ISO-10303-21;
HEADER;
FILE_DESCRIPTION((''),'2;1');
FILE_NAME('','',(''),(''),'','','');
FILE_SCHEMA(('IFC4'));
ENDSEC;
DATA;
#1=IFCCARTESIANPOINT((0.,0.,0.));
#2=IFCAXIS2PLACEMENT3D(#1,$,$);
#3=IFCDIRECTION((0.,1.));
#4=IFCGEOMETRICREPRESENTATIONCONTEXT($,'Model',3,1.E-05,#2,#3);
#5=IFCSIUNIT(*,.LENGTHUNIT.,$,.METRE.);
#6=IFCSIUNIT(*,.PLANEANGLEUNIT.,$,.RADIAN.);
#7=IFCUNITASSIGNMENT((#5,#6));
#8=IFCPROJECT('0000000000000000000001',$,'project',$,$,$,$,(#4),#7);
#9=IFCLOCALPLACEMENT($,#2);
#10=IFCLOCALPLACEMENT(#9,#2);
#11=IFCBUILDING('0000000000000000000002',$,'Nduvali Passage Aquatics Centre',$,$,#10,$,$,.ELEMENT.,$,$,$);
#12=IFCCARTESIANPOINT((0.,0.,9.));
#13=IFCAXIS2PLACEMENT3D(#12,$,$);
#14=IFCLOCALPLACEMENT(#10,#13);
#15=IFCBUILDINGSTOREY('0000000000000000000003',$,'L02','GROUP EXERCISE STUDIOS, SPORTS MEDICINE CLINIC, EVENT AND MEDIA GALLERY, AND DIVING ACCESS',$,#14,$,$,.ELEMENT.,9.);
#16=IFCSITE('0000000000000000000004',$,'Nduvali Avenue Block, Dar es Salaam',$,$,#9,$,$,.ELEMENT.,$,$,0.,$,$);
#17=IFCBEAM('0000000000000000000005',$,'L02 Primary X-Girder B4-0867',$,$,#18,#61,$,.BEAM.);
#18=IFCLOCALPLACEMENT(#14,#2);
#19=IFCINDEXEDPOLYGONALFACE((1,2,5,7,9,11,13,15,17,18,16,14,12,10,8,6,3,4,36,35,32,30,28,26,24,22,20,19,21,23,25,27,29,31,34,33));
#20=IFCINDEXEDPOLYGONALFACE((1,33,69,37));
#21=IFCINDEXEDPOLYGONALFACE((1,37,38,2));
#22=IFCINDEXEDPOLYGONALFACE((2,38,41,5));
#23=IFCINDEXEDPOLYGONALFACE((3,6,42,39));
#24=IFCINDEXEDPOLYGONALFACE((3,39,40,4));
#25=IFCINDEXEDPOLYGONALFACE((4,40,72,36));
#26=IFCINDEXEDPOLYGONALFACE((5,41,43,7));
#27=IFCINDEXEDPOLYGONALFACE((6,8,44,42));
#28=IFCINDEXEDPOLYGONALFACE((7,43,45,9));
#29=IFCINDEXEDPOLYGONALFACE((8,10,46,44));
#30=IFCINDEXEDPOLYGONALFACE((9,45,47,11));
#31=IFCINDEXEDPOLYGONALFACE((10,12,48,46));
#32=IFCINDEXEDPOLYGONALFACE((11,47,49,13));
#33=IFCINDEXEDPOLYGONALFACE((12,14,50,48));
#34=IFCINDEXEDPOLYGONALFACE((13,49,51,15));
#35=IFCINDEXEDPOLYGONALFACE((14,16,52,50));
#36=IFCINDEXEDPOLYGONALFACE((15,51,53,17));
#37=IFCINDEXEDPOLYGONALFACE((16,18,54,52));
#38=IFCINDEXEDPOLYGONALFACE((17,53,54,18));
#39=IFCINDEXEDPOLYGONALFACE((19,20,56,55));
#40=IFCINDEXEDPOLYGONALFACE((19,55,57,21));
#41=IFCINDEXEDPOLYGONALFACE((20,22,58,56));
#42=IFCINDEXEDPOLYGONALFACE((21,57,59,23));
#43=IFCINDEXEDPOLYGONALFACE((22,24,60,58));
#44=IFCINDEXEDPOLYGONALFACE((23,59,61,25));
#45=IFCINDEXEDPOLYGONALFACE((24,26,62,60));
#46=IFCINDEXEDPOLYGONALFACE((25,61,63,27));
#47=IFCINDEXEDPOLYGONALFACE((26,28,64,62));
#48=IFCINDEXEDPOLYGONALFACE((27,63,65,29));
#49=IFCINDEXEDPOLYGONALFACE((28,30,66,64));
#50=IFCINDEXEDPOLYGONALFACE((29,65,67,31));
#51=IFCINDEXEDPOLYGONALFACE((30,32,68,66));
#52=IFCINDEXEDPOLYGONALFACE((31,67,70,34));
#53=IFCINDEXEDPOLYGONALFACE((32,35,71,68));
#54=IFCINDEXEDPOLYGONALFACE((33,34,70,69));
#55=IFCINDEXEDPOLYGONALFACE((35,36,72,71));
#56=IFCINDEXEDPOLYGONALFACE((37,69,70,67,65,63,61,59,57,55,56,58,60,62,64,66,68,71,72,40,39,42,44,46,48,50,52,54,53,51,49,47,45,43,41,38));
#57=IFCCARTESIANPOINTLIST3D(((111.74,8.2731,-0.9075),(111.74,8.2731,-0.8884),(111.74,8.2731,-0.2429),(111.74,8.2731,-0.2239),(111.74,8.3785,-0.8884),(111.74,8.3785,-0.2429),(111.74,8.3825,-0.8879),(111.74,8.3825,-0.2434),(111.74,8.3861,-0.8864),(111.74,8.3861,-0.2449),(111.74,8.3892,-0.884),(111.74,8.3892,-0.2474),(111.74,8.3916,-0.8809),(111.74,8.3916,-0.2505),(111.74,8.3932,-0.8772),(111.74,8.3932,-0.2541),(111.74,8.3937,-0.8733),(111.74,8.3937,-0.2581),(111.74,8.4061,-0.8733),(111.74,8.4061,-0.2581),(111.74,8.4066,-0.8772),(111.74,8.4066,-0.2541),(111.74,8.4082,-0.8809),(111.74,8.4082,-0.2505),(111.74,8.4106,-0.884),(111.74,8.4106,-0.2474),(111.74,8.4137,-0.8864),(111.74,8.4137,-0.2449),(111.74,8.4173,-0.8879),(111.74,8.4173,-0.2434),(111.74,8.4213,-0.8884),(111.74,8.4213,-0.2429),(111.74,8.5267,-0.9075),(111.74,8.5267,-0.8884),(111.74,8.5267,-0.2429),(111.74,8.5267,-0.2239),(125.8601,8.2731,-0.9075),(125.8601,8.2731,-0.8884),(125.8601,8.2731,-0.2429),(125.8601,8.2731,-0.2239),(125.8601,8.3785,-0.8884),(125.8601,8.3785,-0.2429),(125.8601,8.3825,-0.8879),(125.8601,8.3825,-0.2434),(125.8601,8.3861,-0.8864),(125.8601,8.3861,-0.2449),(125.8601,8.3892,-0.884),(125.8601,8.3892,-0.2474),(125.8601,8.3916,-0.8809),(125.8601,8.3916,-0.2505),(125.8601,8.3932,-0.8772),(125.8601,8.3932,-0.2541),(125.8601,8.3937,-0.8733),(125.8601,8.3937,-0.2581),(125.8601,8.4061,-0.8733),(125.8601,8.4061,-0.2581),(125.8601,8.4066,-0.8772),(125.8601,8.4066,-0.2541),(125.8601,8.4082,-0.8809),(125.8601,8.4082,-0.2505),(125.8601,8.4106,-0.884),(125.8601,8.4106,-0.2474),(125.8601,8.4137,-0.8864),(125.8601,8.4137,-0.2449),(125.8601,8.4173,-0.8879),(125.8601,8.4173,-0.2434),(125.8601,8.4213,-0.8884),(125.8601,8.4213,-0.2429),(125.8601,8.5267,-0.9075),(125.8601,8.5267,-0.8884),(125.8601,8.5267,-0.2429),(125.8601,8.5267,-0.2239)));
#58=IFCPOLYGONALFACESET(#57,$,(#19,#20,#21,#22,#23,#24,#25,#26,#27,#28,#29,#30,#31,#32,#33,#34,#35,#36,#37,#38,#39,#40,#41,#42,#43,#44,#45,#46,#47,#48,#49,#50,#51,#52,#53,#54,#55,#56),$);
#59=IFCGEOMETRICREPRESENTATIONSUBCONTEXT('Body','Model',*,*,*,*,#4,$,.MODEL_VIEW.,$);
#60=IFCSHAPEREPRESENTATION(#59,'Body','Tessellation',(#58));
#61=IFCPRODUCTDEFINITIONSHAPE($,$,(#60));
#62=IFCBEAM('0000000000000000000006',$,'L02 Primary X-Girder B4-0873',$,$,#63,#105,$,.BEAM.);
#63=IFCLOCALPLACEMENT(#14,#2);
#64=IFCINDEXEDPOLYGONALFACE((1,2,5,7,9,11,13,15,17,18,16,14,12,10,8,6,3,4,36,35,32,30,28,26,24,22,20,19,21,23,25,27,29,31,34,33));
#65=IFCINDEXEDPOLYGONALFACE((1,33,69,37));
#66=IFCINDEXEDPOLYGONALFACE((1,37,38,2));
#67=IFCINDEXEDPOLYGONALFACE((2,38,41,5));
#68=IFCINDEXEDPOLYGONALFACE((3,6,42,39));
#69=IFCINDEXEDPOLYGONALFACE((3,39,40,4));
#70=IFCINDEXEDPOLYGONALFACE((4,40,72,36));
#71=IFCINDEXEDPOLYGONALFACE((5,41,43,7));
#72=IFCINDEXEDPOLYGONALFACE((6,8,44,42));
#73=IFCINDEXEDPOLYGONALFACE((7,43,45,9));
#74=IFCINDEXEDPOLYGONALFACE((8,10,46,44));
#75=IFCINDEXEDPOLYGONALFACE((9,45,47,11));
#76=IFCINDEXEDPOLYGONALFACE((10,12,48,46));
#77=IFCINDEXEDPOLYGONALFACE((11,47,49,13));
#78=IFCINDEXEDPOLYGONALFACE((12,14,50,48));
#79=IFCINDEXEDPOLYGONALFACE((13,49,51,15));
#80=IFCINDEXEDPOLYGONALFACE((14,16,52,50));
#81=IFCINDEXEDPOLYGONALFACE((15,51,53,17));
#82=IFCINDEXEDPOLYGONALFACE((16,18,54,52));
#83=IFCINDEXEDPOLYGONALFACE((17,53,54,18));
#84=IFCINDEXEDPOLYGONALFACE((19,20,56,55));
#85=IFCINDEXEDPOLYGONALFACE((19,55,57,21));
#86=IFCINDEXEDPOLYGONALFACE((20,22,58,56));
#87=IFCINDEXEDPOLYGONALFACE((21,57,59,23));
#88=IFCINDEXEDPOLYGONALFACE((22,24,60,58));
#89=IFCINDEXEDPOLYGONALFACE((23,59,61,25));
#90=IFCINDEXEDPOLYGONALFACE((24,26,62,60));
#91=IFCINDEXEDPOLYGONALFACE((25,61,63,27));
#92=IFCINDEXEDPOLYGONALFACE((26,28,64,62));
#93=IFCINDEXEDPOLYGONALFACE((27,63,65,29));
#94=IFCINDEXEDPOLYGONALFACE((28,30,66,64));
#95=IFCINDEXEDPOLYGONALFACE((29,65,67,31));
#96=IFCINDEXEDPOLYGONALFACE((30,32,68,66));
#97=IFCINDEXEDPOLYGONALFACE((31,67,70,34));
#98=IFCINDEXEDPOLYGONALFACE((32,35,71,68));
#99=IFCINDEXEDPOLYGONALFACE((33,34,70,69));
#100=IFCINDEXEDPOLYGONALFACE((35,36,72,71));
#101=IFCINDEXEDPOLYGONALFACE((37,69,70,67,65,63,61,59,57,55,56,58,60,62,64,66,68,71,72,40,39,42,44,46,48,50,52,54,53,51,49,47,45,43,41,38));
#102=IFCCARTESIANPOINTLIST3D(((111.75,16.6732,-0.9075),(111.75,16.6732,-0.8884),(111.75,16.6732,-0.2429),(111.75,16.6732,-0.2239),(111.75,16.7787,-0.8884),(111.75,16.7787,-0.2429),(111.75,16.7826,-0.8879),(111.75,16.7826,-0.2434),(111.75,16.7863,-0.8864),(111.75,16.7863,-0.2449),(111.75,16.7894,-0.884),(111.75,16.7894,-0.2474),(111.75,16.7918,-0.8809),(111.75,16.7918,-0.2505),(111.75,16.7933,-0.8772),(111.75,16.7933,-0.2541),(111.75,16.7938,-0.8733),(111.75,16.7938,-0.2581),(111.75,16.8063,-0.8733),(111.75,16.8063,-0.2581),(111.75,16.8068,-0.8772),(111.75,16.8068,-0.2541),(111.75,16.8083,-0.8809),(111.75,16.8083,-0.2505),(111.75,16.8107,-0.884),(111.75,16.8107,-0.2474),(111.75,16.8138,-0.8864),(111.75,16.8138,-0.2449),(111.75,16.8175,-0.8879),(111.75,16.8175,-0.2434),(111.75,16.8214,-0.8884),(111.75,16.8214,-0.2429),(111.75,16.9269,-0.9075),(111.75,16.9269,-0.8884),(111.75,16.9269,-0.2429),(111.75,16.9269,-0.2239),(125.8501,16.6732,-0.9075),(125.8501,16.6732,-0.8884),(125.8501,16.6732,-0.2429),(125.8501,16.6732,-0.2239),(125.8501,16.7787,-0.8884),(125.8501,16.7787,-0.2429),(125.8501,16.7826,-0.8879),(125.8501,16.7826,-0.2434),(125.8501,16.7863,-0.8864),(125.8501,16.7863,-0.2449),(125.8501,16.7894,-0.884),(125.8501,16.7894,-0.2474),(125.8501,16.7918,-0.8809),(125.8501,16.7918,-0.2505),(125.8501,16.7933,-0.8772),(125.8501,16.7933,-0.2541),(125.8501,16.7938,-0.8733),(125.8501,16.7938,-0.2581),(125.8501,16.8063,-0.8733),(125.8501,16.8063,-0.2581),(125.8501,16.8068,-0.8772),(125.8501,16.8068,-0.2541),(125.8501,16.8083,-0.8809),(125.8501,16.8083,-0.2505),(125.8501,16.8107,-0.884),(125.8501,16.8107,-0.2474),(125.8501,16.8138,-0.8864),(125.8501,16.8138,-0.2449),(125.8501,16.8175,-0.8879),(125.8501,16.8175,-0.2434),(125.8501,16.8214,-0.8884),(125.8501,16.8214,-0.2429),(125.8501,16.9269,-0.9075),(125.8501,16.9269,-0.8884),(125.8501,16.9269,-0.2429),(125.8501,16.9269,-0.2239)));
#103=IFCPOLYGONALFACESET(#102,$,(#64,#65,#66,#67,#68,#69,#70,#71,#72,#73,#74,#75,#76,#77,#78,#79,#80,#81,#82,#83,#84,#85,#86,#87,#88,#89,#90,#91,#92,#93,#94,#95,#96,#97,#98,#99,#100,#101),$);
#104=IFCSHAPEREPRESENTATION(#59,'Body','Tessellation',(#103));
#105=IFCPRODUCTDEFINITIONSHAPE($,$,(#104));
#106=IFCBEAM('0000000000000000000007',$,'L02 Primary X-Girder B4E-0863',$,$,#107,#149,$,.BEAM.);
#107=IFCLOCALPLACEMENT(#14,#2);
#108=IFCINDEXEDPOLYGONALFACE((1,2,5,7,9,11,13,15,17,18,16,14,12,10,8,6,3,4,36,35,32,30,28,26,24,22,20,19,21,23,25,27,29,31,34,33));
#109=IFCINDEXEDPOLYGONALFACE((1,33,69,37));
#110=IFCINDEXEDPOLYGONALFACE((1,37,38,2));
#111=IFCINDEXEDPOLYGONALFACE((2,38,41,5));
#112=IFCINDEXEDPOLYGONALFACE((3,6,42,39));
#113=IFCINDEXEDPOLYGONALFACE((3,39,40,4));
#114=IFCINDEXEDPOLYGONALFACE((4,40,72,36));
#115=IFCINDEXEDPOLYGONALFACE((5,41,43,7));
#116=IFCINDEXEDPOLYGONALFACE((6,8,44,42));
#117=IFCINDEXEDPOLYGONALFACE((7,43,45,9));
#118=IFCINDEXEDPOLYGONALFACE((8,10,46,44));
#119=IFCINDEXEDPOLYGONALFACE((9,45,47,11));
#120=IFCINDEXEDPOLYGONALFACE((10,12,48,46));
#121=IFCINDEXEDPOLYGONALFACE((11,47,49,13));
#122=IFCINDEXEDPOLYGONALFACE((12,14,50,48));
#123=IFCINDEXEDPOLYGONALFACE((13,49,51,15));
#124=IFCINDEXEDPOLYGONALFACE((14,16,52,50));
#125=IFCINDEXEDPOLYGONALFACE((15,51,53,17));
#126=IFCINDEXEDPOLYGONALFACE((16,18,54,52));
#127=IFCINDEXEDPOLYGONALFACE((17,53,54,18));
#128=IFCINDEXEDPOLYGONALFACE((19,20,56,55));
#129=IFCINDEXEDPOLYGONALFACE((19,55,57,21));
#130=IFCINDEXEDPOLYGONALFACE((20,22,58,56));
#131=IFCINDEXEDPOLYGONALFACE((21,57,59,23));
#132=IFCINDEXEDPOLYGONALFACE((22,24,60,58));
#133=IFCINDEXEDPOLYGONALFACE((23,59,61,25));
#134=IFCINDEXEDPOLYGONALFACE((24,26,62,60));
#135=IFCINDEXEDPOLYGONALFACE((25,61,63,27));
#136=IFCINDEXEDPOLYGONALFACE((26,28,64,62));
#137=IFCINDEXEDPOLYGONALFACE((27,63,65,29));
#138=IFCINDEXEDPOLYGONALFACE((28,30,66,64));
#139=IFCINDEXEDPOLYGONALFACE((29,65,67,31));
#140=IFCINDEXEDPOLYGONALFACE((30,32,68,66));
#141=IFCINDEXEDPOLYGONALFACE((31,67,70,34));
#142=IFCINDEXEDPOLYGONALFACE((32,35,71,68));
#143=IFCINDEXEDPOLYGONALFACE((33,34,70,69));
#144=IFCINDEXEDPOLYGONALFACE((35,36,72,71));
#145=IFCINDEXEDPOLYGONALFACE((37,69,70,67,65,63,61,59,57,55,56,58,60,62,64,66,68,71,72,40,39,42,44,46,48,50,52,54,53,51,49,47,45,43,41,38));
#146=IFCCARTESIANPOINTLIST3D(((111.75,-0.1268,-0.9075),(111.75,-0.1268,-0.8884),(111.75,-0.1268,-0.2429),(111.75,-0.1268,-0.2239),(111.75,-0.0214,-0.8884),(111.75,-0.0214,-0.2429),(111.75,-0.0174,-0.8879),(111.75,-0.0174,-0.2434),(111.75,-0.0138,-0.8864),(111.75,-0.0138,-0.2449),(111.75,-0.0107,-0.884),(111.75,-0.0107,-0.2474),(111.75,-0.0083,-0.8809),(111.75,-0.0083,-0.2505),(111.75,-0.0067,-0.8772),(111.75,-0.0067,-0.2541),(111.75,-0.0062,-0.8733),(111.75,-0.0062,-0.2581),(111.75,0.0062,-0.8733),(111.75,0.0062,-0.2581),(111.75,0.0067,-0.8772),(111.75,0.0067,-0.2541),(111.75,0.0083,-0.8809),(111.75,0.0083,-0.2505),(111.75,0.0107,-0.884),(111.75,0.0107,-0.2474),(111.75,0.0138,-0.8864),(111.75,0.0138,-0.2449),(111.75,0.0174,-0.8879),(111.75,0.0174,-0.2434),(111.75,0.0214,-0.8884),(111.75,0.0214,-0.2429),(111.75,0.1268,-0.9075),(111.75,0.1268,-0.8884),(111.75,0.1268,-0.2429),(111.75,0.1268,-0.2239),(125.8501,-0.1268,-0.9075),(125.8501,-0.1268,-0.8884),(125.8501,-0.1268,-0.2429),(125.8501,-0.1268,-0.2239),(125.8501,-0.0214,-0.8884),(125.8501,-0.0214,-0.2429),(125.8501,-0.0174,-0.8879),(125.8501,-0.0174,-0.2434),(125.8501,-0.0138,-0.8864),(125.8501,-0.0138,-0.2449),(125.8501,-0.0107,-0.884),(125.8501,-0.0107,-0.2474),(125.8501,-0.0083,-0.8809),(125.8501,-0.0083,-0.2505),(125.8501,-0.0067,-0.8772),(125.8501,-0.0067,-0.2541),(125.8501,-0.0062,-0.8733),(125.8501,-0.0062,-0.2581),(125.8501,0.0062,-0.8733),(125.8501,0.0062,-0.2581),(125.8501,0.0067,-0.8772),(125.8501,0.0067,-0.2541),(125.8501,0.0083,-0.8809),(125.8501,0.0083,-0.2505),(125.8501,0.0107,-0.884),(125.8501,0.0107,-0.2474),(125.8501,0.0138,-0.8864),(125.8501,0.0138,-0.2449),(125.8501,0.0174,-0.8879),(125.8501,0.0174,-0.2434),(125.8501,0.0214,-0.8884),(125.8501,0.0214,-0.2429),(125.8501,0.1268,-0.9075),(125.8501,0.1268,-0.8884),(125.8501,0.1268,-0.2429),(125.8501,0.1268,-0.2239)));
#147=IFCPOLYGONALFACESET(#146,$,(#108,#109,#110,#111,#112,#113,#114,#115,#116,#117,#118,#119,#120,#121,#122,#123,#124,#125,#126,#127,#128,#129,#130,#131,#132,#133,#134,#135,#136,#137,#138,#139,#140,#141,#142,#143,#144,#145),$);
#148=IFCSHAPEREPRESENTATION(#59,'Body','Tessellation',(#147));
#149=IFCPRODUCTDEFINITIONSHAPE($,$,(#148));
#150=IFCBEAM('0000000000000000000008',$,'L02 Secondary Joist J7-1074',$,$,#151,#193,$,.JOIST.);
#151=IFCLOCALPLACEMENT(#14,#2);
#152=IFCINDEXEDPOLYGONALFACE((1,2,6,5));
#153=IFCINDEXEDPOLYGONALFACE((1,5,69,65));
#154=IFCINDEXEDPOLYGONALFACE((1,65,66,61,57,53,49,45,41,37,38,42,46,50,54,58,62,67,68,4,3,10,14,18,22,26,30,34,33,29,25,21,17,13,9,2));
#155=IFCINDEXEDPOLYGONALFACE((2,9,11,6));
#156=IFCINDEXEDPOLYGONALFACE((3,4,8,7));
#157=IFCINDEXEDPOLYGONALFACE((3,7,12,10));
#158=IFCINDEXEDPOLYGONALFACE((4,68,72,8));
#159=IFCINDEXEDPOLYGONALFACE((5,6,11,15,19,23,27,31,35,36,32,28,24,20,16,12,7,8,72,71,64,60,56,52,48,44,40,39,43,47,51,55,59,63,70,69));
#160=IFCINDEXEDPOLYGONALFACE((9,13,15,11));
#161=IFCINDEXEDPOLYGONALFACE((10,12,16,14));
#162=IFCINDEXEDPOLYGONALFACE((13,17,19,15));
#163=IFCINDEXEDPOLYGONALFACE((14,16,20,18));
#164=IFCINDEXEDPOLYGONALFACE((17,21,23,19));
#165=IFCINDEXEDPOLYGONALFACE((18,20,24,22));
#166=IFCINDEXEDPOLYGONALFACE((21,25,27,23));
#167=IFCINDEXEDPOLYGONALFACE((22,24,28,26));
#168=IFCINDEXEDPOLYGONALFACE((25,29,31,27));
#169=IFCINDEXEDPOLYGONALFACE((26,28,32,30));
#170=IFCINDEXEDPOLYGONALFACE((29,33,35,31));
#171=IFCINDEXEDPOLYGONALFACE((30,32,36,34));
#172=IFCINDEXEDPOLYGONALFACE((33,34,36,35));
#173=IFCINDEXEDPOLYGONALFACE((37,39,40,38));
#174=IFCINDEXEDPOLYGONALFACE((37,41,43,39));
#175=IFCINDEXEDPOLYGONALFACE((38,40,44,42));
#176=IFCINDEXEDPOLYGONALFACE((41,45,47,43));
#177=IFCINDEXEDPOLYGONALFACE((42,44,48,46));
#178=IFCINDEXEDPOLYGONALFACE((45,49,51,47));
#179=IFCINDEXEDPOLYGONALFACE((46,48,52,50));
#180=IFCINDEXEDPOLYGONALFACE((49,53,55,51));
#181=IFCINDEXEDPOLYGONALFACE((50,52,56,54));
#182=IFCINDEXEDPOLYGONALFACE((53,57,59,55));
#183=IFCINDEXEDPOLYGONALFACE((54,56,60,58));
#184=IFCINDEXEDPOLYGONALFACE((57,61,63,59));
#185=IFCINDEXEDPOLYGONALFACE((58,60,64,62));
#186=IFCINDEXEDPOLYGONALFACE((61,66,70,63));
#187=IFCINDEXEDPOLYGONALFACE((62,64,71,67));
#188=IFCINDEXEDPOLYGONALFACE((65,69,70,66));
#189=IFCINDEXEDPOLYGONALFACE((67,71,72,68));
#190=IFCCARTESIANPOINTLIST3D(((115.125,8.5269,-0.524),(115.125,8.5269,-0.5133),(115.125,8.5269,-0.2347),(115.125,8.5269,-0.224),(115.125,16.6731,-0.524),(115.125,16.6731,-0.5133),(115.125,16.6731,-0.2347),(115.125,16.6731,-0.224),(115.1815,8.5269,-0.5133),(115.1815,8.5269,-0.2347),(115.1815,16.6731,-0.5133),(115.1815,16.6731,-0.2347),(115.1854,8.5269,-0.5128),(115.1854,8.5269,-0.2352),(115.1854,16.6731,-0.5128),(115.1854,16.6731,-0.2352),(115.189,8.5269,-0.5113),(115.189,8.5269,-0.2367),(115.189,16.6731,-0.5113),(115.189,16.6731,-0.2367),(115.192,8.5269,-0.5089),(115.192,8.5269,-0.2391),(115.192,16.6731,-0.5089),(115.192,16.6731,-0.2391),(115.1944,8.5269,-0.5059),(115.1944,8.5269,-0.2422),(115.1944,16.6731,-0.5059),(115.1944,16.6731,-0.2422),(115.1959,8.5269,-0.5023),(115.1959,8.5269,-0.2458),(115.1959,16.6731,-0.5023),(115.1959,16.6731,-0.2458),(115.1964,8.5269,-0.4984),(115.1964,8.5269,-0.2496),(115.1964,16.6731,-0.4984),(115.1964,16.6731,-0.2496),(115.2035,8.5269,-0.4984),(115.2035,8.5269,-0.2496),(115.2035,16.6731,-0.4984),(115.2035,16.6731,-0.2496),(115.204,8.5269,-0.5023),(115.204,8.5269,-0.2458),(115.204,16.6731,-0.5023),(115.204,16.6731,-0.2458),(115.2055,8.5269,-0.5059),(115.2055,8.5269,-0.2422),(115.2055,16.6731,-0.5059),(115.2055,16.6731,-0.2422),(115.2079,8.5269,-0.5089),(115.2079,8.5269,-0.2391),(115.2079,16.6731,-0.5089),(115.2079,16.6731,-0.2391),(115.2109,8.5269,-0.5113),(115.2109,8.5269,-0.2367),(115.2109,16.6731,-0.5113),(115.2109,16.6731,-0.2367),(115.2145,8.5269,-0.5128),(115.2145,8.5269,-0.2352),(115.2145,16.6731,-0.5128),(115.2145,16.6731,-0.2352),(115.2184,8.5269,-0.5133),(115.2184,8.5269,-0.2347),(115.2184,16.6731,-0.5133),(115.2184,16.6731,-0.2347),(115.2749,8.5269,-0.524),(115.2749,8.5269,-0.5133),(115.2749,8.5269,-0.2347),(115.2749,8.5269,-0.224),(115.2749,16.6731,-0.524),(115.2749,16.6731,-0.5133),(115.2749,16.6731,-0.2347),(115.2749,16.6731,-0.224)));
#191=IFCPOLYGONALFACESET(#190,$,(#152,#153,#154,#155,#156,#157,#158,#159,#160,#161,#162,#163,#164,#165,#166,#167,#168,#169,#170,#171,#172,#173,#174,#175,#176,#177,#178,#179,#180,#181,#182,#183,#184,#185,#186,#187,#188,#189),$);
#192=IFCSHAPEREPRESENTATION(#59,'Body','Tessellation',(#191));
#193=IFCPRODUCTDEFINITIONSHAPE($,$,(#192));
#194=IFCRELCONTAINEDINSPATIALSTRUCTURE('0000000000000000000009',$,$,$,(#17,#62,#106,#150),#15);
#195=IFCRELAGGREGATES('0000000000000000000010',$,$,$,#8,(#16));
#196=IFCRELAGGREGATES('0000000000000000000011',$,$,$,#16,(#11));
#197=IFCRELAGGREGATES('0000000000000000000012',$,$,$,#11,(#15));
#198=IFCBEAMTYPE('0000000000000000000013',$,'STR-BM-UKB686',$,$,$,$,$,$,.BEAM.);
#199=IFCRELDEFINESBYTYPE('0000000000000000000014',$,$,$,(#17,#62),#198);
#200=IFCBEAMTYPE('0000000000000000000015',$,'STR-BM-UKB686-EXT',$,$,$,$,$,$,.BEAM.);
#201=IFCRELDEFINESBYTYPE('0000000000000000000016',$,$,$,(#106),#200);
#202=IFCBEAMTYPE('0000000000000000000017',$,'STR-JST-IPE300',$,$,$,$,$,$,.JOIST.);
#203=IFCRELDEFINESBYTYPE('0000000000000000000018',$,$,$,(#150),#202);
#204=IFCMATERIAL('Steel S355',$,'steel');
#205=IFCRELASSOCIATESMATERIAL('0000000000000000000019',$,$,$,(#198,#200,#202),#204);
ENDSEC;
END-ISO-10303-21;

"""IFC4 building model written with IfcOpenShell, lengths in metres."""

from ifc_helpers import new_model, si_unit, direction, frame, origin, origin_2d, place, context, subcontext, project, spatial, i_section, extrude, material, material_profile, profile_set, type_object, element, save


model = new_model("IFC4")

# Units and contexts
model_context = context("Model", 3, precision=1e-05, world=origin(), true_north=direction((0.0, 1.0)))
body_context = subcontext(model_context, "Body", "Model", "MODEL_VIEW")
ifc_project = project(units=[si_unit("LENGTHUNIT", "METRE"), si_unit("PLANEANGLEUNIT", "RADIAN")], contexts=[model_context])

# Site, building, storey
site_placement = place(None, origin())
site = spatial("IfcSite", under=ifc_project, at=site_placement, Name="Nduvali Avenue Block, Dar es Salaam", CompositionType="ELEMENT", RefElevation=0.0)
building_placement = place(site_placement, origin())
building = spatial("IfcBuilding", under=site, at=building_placement, Name="Nduvali Passage Aquatics Centre", CompositionType="ELEMENT")
storey_placement = place(building_placement, frame((0.0, 0.0, 9.0)))
storey = spatial("IfcBuildingStorey", under=building, at=storey_placement, Name="L02", Description="GROUP EXERCISE STUDIOS, SPORTS MEDICINE CLINIC, EVENT AND MEDIA GALLERY, AND DIVING ACCESS", CompositionType="ELEMENT", Elevation=9.0)

# Beams
ifc_material_1 = material(Name="Steel S355", Category="steel")
ifc_material_profile_1 = material_profile(ifc_material_1, i_section(OverallWidth=0.2537, OverallDepth=0.6836, WebThickness=0.0125, FlangeThickness=0.019, FilletRadius=0.0151, at=origin_2d()), Name="UKB 686x254x140")
ifc_profile_set_1 = profile_set([ifc_material_profile_1], Name="Steel S355")
beam_type_1 = type_object("IfcBeamType", Name="STR-BM-UKB686", PredefinedType="BEAM", material=ifc_profile_set_1)
beam_1_placement = place(storey_placement, frame((111.74, 8.3999, -0.5657), z_axis=(1.0, 0.0, 0.0), x_axis=(0.0, 1.0, 0.0)))
element("IfcBeam", 1, at=beam_1_placement, inside=storey, type_object=beam_type_1, Name="L02 Primary X-Girder B4-0867", PredefinedType="BEAM", context=body_context, shape_type="SweptSolid", body=[
    extrude(i_section(OverallWidth=0.2537, OverallDepth=0.6836, WebThickness=0.0125, FlangeThickness=0.019, FilletRadius=0.0151, at=origin_2d()), origin(), (0.0, 0.0, 1.0), 14.1201),
])
beam_2_placement = place(storey_placement, frame((111.75, 16.8, -0.5657), z_axis=(1.0, 0.0, 0.0), x_axis=(0.0, 1.0, 0.0)))
element("IfcBeam", 2, at=beam_2_placement, inside=storey, type_object=beam_type_1, Name="L02 Primary X-Girder B4-0873", PredefinedType="BEAM", context=body_context, shape_type="SweptSolid", body=[
    extrude(i_section(OverallWidth=0.2537, OverallDepth=0.6836, WebThickness=0.0125, FlangeThickness=0.019, FilletRadius=0.0151, at=origin_2d()), origin(), (0.0, 0.0, 1.0), 14.1001),
])
ifc_material_profile_2 = material_profile(ifc_material_1, i_section(OverallWidth=0.2537, OverallDepth=0.6836, WebThickness=0.0125, FlangeThickness=0.019, FilletRadius=0.0151, at=origin_2d()), Name="UKB 686x254x140")
ifc_profile_set_2 = profile_set([ifc_material_profile_2], Name="Steel S355")
beam_type_2 = type_object("IfcBeamType", Name="STR-BM-UKB686-EXT", PredefinedType="BEAM", material=ifc_profile_set_2)
beam_3_placement = place(storey_placement, frame((111.75, 0.0, -0.5657), z_axis=(1.0, 0.0, 0.0), x_axis=(0.0, 1.0, 0.0)))
element("IfcBeam", 3, at=beam_3_placement, inside=storey, type_object=beam_type_2, Name="L02 Primary X-Girder B4E-0863", PredefinedType="BEAM", context=body_context, shape_type="SweptSolid", body=[
    extrude(i_section(OverallWidth=0.2537, OverallDepth=0.6836, WebThickness=0.0125, FlangeThickness=0.019, FilletRadius=0.0151, at=origin_2d()), origin(), (0.0, 0.0, 1.0), 14.1001),
])
ifc_material_profile_3 = material_profile(ifc_material_1, i_section(OverallWidth=0.1499, OverallDepth=0.3, WebThickness=0.0071, FlangeThickness=0.0107, FilletRadius=0.0149, at=origin_2d()), Name="IPE 300")
ifc_profile_set_3 = profile_set([ifc_material_profile_3], Name="Steel S355")
beam_type_3 = type_object("IfcBeamType", Name="STR-JST-IPE300", PredefinedType="JOIST", material=ifc_profile_set_3)
for number, where, z_axis, x_axis, name in (
    (4, (115.2, 8.5269, -0.374), (0.0, 1.0, 0.0), (-1.0, 0.0, 0.0), "L02 Secondary Joist J7-1074"),
):
    element("IfcBeam", number, at=place(storey_placement, frame(where, z_axis=z_axis, x_axis=x_axis)), inside=storey, type_object=beam_type_3, Name=name, PredefinedType="JOIST", context=body_context, shape_type="SweptSolid", body=[
        extrude(i_section(OverallWidth=0.1499, OverallDepth=0.3, WebThickness=0.0071, FlangeThickness=0.0107, FilletRadius=0.0149, at=origin_2d()), origin(), (0.0, 0.0, 1.0), 8.1462),
    ])

save(model, "model.ifc")
